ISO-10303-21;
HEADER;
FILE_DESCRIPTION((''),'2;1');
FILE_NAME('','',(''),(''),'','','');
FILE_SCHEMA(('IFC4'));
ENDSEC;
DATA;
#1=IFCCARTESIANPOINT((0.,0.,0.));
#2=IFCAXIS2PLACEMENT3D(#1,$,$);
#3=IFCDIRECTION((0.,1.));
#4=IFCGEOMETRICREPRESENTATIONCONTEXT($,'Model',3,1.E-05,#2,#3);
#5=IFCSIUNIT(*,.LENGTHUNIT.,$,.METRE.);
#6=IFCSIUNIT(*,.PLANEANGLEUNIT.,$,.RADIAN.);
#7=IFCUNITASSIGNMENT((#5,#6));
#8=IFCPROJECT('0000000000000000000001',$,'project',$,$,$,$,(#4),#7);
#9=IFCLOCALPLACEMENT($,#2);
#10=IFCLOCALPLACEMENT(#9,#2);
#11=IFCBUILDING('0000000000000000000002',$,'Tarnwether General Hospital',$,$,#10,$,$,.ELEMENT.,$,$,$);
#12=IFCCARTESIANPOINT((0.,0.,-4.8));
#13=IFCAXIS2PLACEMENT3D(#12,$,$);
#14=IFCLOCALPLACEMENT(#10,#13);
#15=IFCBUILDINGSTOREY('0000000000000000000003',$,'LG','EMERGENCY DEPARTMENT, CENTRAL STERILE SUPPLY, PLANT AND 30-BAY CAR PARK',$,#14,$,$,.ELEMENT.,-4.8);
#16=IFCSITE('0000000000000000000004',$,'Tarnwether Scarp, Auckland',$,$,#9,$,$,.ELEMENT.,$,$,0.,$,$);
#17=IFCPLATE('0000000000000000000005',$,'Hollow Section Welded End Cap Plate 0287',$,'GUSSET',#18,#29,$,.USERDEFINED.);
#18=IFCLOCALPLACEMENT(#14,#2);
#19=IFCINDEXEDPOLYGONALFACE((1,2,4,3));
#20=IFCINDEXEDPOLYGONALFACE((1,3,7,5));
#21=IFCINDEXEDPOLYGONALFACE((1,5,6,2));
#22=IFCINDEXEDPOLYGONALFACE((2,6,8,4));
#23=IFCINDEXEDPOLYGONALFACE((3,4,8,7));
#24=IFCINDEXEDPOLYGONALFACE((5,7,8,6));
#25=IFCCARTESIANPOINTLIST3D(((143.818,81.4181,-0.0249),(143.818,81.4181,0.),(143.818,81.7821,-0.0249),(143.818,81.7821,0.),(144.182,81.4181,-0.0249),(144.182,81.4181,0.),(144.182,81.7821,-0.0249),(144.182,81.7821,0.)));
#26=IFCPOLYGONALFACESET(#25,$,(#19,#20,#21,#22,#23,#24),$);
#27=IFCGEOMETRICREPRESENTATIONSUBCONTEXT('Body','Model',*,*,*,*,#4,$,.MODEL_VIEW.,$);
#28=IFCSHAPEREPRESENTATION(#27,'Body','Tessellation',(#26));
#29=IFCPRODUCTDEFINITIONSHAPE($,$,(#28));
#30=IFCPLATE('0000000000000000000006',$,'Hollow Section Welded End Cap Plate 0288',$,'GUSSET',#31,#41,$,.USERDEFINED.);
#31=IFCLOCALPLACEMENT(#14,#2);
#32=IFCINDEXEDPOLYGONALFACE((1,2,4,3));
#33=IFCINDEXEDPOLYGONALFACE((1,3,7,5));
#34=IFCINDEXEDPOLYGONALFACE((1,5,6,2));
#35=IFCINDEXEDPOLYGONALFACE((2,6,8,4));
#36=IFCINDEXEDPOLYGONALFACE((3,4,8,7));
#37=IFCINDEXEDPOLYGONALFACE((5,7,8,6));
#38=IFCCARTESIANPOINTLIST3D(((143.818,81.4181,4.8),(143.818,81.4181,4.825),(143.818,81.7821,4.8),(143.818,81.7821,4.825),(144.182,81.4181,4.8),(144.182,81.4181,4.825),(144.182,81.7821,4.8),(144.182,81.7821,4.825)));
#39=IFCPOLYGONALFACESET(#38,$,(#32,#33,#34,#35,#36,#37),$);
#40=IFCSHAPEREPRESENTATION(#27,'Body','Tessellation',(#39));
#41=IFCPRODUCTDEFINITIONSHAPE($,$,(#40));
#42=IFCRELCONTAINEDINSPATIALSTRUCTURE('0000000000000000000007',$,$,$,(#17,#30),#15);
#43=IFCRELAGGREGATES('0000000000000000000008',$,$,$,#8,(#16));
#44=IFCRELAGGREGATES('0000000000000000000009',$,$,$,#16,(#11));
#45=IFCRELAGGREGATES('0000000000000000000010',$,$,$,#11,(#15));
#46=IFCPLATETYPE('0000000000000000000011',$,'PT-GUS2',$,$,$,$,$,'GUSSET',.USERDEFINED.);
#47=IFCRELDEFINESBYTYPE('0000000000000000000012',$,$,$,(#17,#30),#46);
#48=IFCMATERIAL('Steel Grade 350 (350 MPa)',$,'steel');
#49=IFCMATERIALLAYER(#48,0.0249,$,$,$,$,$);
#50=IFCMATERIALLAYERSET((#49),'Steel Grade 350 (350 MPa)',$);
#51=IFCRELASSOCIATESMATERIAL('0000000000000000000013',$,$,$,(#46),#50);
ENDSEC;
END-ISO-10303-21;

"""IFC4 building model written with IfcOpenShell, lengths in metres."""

from ifc_helpers import new_model, si_unit, direction, frame, origin, origin_2d, place, context, subcontext, project, spatial, rectangle, extrude, material, layer, layer_set, type_object, element, save


model = new_model("IFC4")

# Units and contexts
model_context = context("Model", 3, precision=1e-05, world=origin(), true_north=direction((0.0, 1.0)))
body_context = subcontext(model_context, "Body", "Model", "MODEL_VIEW")
ifc_project = project(units=[si_unit("LENGTHUNIT", "METRE"), si_unit("PLANEANGLEUNIT", "RADIAN")], contexts=[model_context])

# Site, building, storey
site_placement = place(None, origin())
site = spatial("IfcSite", under=ifc_project, at=site_placement, Name="Tarnwether Scarp, Auckland", CompositionType="ELEMENT", RefElevation=0.0)
building_placement = place(site_placement, origin())
building = spatial("IfcBuilding", under=site, at=building_placement, Name="Tarnwether General Hospital", CompositionType="ELEMENT")
storey_placement = place(building_placement, frame((0.0, 0.0, -4.8)))
storey = spatial("IfcBuildingStorey", under=building, at=storey_placement, Name="LG", Description="EMERGENCY DEPARTMENT, CENTRAL STERILE SUPPLY, PLANT AND 30-BAY CAR PARK", CompositionType="ELEMENT", Elevation=-4.8)

# Plates
ifc_material_1 = material(Name="Steel Grade 350 (350 MPa)", Category="steel")
ifc_layer = layer(ifc_material_1, 0.0249)
ifc_layer_set = layer_set([ifc_layer], Name="Steel Grade 350 (350 MPa)")
plate_type = type_object("IfcPlateType", Name="PT-GUS2", ElementType="GUSSET", PredefinedType="USERDEFINED", material=ifc_layer_set)
for number, where, z_axis, x_axis, name in (
    (1, (144.0, 81.6001, -0.0249), (0.0, 0.0, 1.0), (1.0, 0.0, 0.0), "Hollow Section Welded End Cap Plate 0287"),
    (2, (144.0, 81.6001, 4.8), (0.0, 0.0, 1.0), (1.0, 0.0, 0.0), "Hollow Section Welded End Cap Plate 0288"),
):
    element("IfcPlate", number, at=place(storey_placement, frame(where, z_axis=z_axis, x_axis=x_axis)), inside=storey, type_object=plate_type, Name=name, ObjectType="GUSSET", PredefinedType="USERDEFINED", context=body_context, shape_type="SweptSolid", body=[
        extrude(rectangle(XDim=0.364, YDim=0.364, at=origin_2d()), origin(), (0.0, 0.0, 1.0), 0.0249),
    ])

save(model, "model.ifc")
